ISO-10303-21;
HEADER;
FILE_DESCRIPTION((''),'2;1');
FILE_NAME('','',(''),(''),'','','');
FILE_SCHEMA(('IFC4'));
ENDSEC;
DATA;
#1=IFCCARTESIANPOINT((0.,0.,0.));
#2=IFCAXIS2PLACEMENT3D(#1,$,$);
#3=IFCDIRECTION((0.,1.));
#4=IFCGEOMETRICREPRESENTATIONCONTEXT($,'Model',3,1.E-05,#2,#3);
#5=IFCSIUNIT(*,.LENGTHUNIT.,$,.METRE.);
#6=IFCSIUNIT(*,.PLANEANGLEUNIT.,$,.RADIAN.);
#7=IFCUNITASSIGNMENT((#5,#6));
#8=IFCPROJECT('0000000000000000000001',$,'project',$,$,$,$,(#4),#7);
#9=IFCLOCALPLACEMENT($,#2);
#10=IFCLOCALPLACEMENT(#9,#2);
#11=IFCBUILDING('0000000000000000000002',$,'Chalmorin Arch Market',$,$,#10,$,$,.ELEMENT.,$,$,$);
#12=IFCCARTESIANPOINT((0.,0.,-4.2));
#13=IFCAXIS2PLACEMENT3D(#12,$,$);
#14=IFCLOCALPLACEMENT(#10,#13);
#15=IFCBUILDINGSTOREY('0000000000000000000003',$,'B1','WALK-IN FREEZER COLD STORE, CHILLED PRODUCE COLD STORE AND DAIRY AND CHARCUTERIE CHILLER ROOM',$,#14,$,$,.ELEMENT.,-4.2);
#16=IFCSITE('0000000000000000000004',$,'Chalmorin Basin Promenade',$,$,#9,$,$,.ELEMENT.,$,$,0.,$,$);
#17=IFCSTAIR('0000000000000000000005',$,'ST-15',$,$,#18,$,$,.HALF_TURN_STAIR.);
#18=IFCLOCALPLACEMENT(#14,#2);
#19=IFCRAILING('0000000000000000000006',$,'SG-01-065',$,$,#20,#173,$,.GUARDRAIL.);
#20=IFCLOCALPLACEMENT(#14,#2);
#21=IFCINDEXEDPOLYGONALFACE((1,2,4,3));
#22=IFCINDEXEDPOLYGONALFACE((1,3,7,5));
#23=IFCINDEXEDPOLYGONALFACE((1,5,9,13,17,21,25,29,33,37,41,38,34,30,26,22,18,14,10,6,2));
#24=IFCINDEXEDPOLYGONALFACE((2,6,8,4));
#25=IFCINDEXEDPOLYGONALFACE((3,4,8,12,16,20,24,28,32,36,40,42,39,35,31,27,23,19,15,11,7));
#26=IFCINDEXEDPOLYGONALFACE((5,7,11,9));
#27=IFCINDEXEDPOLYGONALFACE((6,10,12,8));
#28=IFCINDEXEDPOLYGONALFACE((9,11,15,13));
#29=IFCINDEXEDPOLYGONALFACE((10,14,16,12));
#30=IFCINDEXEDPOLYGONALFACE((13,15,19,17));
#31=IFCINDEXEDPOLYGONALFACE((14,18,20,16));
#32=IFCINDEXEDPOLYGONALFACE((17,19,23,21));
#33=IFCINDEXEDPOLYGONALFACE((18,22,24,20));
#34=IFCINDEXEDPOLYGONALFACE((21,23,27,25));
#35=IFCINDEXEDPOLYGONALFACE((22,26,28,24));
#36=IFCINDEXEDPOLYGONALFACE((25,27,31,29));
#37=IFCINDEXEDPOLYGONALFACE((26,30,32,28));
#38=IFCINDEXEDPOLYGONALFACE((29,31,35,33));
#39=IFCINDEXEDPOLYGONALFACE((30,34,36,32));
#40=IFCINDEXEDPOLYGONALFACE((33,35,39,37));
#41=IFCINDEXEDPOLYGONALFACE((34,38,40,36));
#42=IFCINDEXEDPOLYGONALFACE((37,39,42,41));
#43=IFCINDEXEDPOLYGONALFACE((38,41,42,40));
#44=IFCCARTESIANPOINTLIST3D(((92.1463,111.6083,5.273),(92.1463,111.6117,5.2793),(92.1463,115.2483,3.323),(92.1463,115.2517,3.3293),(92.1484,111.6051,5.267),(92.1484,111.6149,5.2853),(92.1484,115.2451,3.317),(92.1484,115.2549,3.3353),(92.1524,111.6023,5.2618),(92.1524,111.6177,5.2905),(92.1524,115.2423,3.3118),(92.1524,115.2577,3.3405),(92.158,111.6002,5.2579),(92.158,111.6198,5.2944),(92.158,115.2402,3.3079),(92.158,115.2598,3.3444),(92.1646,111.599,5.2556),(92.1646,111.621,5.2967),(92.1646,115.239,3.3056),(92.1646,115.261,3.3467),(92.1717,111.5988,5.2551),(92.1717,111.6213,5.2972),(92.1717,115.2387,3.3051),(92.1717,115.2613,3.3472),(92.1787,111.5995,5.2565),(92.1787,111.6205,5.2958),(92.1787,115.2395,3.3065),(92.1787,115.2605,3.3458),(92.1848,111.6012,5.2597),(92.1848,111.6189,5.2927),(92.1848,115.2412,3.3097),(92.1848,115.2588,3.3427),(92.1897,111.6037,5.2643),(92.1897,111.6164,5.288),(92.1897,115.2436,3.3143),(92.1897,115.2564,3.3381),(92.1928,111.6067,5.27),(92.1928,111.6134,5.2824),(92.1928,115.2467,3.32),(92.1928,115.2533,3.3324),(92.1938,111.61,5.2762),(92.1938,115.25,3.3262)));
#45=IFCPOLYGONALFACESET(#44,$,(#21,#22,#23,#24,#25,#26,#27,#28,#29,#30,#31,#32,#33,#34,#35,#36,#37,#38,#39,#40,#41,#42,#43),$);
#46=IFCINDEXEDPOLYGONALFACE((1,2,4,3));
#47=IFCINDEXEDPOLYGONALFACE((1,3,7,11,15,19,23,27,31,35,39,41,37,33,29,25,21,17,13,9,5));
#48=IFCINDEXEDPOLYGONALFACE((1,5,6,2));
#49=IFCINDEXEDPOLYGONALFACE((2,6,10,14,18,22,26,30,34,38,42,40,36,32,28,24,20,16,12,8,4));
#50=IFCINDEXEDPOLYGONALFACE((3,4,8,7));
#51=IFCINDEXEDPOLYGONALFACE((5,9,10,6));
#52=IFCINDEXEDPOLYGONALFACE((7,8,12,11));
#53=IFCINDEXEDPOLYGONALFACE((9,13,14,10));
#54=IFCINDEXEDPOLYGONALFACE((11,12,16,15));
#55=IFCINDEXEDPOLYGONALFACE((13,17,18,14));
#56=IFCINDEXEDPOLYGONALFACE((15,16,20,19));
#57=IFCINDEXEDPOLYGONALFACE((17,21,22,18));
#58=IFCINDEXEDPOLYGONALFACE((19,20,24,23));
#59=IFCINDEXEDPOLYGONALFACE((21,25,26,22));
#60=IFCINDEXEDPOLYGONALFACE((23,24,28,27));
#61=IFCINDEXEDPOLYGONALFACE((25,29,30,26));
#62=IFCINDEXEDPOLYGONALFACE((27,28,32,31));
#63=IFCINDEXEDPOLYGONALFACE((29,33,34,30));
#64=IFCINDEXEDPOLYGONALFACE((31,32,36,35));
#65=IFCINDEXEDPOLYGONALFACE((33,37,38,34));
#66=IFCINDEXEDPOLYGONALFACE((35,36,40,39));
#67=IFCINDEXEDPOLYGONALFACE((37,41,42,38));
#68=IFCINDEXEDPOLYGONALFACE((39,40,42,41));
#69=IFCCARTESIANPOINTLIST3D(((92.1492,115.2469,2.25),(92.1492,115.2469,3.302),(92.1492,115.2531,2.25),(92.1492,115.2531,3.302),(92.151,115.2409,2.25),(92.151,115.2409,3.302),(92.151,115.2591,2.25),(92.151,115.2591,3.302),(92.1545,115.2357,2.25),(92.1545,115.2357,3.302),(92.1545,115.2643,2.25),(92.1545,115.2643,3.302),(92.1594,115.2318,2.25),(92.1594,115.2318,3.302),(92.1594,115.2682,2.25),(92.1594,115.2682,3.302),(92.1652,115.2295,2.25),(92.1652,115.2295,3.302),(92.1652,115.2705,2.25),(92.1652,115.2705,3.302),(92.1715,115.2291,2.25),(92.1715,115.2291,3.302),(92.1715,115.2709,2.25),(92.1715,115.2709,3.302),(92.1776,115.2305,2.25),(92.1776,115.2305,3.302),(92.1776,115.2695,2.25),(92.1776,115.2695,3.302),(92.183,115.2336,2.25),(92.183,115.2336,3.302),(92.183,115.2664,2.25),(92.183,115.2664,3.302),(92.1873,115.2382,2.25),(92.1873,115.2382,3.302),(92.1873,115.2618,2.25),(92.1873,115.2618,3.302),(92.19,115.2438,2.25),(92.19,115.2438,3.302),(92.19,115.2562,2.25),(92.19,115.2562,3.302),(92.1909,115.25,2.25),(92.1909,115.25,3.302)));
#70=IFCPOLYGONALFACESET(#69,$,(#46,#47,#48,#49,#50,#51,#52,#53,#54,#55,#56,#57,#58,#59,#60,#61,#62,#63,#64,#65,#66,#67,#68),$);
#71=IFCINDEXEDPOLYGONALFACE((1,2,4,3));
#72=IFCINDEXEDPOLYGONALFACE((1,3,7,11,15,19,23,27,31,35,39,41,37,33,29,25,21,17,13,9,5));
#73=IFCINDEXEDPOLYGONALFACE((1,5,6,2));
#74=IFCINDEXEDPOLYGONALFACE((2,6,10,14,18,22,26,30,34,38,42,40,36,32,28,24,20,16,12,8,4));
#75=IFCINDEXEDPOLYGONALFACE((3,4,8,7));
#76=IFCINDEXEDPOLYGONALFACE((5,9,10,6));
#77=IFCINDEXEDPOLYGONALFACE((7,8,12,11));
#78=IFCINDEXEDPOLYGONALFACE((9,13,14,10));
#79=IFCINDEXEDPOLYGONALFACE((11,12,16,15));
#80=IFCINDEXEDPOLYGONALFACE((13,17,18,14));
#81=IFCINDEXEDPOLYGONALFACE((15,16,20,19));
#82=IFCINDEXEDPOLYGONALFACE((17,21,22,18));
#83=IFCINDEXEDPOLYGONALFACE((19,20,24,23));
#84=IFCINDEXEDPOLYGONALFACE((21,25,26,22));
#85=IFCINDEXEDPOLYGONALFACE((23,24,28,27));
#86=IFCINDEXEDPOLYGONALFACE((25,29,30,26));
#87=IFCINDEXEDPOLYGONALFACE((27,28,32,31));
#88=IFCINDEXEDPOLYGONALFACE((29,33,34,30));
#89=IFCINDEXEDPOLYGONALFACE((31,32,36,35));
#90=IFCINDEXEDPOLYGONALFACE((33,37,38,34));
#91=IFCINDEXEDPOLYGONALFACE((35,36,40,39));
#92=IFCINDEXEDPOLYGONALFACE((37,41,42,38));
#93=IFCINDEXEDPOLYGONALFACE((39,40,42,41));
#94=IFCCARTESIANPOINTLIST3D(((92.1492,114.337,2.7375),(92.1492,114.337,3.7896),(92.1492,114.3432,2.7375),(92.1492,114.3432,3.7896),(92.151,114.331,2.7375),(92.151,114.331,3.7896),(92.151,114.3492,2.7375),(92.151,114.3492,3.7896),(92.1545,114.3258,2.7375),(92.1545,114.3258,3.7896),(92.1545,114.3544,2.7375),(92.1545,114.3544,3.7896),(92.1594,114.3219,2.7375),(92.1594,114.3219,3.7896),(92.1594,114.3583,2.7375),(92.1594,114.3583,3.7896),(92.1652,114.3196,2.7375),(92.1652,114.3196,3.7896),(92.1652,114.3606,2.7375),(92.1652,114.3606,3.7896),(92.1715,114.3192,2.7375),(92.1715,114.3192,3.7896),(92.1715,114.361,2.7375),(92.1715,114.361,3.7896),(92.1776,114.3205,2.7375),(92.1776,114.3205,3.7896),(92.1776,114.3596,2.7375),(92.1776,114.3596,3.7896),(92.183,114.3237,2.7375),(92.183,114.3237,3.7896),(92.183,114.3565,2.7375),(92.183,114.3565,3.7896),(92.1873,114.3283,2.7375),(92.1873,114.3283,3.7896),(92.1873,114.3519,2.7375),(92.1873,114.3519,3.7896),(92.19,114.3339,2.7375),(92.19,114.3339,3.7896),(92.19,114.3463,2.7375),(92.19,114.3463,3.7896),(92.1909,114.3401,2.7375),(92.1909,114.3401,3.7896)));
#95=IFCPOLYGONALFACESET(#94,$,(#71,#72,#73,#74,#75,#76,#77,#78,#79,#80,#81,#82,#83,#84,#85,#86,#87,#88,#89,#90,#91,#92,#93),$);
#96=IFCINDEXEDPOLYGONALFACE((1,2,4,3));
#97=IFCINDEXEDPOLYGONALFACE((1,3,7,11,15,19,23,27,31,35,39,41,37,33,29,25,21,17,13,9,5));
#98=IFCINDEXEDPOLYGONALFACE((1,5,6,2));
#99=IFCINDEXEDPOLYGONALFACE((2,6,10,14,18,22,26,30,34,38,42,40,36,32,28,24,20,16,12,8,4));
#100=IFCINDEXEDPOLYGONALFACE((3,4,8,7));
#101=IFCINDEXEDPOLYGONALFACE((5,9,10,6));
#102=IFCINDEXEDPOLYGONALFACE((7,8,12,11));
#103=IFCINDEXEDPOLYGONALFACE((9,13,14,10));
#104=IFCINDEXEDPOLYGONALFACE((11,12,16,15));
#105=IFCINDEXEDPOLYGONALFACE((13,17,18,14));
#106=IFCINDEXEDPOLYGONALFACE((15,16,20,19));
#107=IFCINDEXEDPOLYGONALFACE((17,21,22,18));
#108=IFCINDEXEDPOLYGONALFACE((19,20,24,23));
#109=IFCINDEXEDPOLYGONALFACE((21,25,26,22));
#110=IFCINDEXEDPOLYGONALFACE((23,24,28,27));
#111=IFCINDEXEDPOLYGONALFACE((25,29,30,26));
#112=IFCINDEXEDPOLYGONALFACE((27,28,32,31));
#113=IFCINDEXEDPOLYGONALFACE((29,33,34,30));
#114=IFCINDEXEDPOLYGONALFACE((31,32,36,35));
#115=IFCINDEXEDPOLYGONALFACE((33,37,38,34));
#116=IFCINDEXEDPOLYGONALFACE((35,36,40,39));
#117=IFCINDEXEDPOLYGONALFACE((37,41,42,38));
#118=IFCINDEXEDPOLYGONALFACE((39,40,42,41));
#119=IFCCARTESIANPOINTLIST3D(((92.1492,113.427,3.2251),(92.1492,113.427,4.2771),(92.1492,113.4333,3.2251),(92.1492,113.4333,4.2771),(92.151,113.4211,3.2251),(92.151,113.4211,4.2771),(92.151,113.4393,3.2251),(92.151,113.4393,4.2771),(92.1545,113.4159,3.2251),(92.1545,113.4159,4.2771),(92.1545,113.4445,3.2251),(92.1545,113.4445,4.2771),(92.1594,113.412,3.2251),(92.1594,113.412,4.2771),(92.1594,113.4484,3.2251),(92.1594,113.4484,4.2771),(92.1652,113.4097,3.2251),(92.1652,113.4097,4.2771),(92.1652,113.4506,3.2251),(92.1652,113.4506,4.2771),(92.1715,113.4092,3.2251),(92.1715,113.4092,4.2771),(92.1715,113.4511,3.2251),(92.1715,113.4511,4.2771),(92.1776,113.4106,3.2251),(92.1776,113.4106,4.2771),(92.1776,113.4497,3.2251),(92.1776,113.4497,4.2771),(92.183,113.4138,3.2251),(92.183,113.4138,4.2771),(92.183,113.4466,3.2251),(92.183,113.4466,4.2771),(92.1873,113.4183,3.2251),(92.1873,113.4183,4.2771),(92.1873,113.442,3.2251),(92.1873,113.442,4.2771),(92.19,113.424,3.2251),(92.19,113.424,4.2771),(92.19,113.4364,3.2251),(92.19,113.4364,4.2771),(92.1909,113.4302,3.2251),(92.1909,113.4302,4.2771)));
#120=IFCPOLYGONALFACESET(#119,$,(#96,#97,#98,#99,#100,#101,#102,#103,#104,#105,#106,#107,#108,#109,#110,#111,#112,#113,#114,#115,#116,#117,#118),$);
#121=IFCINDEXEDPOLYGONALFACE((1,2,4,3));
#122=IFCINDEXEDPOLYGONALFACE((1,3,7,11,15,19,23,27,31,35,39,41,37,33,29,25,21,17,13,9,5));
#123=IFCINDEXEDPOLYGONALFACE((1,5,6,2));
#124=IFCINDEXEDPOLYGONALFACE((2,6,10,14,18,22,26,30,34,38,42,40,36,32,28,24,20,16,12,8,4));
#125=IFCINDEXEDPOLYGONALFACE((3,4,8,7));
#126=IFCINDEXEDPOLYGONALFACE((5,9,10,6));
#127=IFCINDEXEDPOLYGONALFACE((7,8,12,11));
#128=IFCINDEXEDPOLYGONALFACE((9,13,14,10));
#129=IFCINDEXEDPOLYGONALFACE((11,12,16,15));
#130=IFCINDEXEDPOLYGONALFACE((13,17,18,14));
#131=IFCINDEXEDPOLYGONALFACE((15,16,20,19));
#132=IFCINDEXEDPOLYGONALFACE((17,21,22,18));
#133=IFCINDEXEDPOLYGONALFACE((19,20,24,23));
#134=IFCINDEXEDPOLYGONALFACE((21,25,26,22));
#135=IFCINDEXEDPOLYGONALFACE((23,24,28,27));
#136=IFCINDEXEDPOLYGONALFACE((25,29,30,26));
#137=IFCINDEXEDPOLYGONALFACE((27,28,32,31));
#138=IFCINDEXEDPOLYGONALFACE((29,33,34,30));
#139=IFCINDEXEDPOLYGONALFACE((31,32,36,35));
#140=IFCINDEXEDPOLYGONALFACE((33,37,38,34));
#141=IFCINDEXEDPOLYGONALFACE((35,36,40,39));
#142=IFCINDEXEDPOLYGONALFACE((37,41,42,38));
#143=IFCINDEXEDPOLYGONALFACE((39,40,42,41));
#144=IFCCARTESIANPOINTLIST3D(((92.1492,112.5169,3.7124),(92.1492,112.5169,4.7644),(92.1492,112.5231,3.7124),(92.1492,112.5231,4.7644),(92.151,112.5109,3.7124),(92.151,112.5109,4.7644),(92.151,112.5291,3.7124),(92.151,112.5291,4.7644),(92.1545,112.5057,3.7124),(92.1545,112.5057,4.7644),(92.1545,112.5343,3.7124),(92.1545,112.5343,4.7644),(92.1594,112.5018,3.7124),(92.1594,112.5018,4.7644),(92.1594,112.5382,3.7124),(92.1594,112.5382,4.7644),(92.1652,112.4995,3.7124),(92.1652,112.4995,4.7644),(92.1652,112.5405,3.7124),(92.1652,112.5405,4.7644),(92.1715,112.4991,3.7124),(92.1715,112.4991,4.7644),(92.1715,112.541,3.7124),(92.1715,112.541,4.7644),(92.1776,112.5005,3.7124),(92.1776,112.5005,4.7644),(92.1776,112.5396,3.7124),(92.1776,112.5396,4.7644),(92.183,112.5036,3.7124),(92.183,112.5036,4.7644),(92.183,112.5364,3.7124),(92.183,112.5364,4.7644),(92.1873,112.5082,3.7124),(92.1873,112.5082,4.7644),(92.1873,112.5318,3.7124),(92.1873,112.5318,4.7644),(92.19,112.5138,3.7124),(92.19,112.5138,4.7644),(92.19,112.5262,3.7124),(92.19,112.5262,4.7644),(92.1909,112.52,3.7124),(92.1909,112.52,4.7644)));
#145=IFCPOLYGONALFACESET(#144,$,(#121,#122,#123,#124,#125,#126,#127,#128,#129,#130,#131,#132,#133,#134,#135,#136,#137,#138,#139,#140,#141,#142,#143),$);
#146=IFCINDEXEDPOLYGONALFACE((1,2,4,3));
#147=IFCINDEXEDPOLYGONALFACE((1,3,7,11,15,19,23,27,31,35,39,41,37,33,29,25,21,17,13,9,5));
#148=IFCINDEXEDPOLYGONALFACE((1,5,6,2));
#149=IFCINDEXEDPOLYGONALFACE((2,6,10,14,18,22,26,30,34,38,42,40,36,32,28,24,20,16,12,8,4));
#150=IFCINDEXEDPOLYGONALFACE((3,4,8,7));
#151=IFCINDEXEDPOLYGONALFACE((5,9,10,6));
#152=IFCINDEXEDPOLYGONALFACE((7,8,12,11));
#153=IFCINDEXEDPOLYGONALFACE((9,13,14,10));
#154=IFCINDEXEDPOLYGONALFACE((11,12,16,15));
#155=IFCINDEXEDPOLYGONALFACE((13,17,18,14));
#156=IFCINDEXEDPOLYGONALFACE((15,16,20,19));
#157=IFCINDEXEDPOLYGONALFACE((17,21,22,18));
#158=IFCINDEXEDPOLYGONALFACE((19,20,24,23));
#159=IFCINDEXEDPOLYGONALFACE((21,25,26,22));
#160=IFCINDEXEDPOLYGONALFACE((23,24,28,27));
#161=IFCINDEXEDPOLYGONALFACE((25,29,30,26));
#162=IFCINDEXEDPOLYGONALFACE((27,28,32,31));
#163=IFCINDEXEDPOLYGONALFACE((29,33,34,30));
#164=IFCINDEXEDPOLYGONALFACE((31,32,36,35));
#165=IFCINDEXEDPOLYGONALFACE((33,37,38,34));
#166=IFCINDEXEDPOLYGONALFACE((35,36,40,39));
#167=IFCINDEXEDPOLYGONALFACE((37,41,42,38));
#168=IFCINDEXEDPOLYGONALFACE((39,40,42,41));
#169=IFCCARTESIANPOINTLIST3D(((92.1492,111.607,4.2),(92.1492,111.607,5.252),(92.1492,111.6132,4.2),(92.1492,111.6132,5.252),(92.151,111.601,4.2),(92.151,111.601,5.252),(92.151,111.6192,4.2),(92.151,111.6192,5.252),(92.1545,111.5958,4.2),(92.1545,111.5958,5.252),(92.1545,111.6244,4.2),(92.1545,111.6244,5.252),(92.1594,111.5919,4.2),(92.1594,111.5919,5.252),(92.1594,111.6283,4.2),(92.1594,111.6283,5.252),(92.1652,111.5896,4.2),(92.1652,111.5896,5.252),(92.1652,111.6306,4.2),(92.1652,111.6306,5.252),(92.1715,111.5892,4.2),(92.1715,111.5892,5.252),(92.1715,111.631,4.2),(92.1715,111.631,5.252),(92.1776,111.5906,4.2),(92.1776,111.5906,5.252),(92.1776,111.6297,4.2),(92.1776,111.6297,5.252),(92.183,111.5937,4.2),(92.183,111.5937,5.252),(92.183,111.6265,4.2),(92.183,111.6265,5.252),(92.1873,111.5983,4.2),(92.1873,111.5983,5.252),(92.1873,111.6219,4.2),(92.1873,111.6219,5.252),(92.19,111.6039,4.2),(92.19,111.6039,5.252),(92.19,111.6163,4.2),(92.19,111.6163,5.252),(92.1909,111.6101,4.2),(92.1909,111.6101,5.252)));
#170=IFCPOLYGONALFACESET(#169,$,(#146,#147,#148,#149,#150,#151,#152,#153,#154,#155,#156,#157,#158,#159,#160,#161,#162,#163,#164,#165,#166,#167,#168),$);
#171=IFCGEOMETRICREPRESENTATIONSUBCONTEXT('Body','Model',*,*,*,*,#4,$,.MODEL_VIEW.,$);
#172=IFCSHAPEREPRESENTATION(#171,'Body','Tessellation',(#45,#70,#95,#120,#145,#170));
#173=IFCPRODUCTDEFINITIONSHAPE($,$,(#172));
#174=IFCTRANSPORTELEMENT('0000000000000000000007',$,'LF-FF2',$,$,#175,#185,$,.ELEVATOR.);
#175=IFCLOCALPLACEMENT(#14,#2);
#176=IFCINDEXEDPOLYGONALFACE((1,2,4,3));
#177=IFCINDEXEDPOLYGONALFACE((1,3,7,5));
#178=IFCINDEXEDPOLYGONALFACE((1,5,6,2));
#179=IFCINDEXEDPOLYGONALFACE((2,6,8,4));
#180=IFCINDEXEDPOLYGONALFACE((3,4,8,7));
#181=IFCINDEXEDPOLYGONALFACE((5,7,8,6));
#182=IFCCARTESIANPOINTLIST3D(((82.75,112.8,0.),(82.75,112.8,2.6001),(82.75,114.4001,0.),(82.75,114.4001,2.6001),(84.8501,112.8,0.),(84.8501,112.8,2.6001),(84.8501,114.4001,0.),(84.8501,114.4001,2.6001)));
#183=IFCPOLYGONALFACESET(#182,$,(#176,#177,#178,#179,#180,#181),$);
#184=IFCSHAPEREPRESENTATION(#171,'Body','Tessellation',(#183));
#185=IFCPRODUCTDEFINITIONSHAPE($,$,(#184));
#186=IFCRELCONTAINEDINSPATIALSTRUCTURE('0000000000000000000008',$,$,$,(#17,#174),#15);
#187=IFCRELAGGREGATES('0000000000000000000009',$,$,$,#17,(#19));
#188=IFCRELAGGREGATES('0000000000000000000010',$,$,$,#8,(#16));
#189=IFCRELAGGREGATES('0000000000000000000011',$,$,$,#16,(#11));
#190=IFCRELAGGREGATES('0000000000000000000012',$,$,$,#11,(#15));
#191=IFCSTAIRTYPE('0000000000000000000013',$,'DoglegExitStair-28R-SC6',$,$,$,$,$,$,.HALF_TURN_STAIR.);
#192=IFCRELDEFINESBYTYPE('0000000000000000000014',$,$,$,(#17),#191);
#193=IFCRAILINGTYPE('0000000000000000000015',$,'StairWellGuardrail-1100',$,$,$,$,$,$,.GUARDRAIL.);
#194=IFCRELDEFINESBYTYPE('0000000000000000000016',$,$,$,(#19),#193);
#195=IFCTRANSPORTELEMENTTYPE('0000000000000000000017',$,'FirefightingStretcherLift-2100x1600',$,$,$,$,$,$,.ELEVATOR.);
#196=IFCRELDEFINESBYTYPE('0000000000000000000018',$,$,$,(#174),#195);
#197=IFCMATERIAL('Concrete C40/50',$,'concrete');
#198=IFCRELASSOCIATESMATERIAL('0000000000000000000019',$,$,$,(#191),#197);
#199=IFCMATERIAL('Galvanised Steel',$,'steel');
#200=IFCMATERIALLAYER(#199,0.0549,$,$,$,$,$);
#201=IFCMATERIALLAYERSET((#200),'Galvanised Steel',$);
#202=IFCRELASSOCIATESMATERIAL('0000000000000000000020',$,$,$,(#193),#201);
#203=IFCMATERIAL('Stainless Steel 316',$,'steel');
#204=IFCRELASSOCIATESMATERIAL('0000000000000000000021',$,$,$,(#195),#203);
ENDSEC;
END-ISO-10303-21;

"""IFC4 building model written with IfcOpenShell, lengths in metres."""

from ifc_helpers import new_model, si_unit, direction, frame, origin, origin_2d, place, context, subcontext, project, spatial, rectangle, circle, extrude, material, layer, layer_set, type_object, element, aggregate, save


model = new_model("IFC4")

# Units and contexts
model_context = context("Model", 3, precision=1e-05, world=origin(), true_north=direction((0.0, 1.0)))
body_context = subcontext(model_context, "Body", "Model", "MODEL_VIEW")
ifc_project = project(units=[si_unit("LENGTHUNIT", "METRE"), si_unit("PLANEANGLEUNIT", "RADIAN")], contexts=[model_context])

# Site, building, storey
site_placement = place(None, origin())
site = spatial("IfcSite", under=ifc_project, at=site_placement, Name="Chalmorin Basin Promenade", CompositionType="ELEMENT", RefElevation=0.0)
building_placement = place(site_placement, origin())
building = spatial("IfcBuilding", under=site, at=building_placement, Name="Chalmorin Arch Market", CompositionType="ELEMENT")
storey_placement = place(building_placement, frame((0.0, 0.0, -4.2)))
storey = spatial("IfcBuildingStorey", under=building, at=storey_placement, Name="B1", Description="WALK-IN FREEZER COLD STORE, CHILLED PRODUCE COLD STORE AND DAIRY AND CHARCUTERIE CHILLER ROOM", CompositionType="ELEMENT", Elevation=-4.2)

# Shared definitions
ifc_material_1 = material(Name="Concrete C40/50", Category="concrete")

# Shared definitions
ifc_material_2 = material(Name="Stainless Steel 316", Category="steel")

# Stair, railing
stair_type = type_object("IfcStairType", Name="DoglegExitStair-28R-SC6", PredefinedType="HALF_TURN_STAIR", material=ifc_material_1)
stair_placement = place(storey_placement, origin())
stair = element("IfcStair", 1, at=stair_placement, inside=storey, type_object=stair_type, Name="ST-15", PredefinedType="HALF_TURN_STAIR")
ifc_material_3 = material(Name="Galvanised Steel", Category="steel")
ifc_layer_1 = layer(ifc_material_3, 0.0549)
ifc_layer_set_1 = layer_set([ifc_layer_1], Name="Galvanised Steel")
railing_type_1 = type_object("IfcRailingType", Name="StairWellGuardrail-1100", PredefinedType="GUARDRAIL", material=ifc_layer_set_1)
railing_1_placement = place(storey_placement, frame((92.1699, 115.25, 2.25)))
railing_1 = element("IfcRailing", 2, at=railing_1_placement, type_object=railing_type_1, Name="SG-01-065", PredefinedType="GUARDRAIL", context=body_context, shape_type="SweptSolid", body=[
    extrude(circle(Radius=0.0239, at=origin_2d()), frame((0.0, 0.0, 1.0762), z_axis=(0.0, -0.881479, 0.472223), x_axis=(1.0, 0.0, 0.0)), (0.0, 0.0, 1.0), 4.1294),
    extrude(circle(Radius=0.021, at=origin_2d()), origin(), (0.0, 0.0, 1.0), 1.052),
    extrude(circle(Radius=0.021, at=origin_2d()), frame((0.0, -0.9099, 0.4875)), (0.0, 0.0, 1.0), 1.052),
    extrude(circle(Radius=0.021, at=origin_2d()), frame((0.0, -1.8198, 0.9751)), (0.0, 0.0, 1.0), 1.052),
    extrude(circle(Radius=0.021, at=origin_2d()), frame((0.0, -2.73, 1.4624)), (0.0, 0.0, 1.0), 1.052),
    extrude(circle(Radius=0.021, at=origin_2d()), frame((0.0, -3.6399, 1.95)), (0.0, 0.0, 1.0), 1.052),
])
aggregate(stair, [railing_1])

# Transport element
transport_element_type = type_object("IfcTransportElementType", Name="FirefightingStretcherLift-2100x1600", PredefinedType="ELEVATOR", material=ifc_material_2)
transport_element_placement = place(storey_placement, frame((83.8, 113.6001, 0.0), z_axis=(0.0, 0.0, 1.0), x_axis=(1.0, 0.0, 0.0)))
element("IfcTransportElement", 3, at=transport_element_placement, inside=storey, type_object=transport_element_type, Name="LF-FF2", PredefinedType="ELEVATOR", context=body_context, shape_type="SweptSolid", body=[
    extrude(rectangle(XDim=2.1001, YDim=1.6001, at=origin_2d()), origin(), (0.0, 0.0, 1.0), 2.6001),
])

save(model, "model.ifc")
